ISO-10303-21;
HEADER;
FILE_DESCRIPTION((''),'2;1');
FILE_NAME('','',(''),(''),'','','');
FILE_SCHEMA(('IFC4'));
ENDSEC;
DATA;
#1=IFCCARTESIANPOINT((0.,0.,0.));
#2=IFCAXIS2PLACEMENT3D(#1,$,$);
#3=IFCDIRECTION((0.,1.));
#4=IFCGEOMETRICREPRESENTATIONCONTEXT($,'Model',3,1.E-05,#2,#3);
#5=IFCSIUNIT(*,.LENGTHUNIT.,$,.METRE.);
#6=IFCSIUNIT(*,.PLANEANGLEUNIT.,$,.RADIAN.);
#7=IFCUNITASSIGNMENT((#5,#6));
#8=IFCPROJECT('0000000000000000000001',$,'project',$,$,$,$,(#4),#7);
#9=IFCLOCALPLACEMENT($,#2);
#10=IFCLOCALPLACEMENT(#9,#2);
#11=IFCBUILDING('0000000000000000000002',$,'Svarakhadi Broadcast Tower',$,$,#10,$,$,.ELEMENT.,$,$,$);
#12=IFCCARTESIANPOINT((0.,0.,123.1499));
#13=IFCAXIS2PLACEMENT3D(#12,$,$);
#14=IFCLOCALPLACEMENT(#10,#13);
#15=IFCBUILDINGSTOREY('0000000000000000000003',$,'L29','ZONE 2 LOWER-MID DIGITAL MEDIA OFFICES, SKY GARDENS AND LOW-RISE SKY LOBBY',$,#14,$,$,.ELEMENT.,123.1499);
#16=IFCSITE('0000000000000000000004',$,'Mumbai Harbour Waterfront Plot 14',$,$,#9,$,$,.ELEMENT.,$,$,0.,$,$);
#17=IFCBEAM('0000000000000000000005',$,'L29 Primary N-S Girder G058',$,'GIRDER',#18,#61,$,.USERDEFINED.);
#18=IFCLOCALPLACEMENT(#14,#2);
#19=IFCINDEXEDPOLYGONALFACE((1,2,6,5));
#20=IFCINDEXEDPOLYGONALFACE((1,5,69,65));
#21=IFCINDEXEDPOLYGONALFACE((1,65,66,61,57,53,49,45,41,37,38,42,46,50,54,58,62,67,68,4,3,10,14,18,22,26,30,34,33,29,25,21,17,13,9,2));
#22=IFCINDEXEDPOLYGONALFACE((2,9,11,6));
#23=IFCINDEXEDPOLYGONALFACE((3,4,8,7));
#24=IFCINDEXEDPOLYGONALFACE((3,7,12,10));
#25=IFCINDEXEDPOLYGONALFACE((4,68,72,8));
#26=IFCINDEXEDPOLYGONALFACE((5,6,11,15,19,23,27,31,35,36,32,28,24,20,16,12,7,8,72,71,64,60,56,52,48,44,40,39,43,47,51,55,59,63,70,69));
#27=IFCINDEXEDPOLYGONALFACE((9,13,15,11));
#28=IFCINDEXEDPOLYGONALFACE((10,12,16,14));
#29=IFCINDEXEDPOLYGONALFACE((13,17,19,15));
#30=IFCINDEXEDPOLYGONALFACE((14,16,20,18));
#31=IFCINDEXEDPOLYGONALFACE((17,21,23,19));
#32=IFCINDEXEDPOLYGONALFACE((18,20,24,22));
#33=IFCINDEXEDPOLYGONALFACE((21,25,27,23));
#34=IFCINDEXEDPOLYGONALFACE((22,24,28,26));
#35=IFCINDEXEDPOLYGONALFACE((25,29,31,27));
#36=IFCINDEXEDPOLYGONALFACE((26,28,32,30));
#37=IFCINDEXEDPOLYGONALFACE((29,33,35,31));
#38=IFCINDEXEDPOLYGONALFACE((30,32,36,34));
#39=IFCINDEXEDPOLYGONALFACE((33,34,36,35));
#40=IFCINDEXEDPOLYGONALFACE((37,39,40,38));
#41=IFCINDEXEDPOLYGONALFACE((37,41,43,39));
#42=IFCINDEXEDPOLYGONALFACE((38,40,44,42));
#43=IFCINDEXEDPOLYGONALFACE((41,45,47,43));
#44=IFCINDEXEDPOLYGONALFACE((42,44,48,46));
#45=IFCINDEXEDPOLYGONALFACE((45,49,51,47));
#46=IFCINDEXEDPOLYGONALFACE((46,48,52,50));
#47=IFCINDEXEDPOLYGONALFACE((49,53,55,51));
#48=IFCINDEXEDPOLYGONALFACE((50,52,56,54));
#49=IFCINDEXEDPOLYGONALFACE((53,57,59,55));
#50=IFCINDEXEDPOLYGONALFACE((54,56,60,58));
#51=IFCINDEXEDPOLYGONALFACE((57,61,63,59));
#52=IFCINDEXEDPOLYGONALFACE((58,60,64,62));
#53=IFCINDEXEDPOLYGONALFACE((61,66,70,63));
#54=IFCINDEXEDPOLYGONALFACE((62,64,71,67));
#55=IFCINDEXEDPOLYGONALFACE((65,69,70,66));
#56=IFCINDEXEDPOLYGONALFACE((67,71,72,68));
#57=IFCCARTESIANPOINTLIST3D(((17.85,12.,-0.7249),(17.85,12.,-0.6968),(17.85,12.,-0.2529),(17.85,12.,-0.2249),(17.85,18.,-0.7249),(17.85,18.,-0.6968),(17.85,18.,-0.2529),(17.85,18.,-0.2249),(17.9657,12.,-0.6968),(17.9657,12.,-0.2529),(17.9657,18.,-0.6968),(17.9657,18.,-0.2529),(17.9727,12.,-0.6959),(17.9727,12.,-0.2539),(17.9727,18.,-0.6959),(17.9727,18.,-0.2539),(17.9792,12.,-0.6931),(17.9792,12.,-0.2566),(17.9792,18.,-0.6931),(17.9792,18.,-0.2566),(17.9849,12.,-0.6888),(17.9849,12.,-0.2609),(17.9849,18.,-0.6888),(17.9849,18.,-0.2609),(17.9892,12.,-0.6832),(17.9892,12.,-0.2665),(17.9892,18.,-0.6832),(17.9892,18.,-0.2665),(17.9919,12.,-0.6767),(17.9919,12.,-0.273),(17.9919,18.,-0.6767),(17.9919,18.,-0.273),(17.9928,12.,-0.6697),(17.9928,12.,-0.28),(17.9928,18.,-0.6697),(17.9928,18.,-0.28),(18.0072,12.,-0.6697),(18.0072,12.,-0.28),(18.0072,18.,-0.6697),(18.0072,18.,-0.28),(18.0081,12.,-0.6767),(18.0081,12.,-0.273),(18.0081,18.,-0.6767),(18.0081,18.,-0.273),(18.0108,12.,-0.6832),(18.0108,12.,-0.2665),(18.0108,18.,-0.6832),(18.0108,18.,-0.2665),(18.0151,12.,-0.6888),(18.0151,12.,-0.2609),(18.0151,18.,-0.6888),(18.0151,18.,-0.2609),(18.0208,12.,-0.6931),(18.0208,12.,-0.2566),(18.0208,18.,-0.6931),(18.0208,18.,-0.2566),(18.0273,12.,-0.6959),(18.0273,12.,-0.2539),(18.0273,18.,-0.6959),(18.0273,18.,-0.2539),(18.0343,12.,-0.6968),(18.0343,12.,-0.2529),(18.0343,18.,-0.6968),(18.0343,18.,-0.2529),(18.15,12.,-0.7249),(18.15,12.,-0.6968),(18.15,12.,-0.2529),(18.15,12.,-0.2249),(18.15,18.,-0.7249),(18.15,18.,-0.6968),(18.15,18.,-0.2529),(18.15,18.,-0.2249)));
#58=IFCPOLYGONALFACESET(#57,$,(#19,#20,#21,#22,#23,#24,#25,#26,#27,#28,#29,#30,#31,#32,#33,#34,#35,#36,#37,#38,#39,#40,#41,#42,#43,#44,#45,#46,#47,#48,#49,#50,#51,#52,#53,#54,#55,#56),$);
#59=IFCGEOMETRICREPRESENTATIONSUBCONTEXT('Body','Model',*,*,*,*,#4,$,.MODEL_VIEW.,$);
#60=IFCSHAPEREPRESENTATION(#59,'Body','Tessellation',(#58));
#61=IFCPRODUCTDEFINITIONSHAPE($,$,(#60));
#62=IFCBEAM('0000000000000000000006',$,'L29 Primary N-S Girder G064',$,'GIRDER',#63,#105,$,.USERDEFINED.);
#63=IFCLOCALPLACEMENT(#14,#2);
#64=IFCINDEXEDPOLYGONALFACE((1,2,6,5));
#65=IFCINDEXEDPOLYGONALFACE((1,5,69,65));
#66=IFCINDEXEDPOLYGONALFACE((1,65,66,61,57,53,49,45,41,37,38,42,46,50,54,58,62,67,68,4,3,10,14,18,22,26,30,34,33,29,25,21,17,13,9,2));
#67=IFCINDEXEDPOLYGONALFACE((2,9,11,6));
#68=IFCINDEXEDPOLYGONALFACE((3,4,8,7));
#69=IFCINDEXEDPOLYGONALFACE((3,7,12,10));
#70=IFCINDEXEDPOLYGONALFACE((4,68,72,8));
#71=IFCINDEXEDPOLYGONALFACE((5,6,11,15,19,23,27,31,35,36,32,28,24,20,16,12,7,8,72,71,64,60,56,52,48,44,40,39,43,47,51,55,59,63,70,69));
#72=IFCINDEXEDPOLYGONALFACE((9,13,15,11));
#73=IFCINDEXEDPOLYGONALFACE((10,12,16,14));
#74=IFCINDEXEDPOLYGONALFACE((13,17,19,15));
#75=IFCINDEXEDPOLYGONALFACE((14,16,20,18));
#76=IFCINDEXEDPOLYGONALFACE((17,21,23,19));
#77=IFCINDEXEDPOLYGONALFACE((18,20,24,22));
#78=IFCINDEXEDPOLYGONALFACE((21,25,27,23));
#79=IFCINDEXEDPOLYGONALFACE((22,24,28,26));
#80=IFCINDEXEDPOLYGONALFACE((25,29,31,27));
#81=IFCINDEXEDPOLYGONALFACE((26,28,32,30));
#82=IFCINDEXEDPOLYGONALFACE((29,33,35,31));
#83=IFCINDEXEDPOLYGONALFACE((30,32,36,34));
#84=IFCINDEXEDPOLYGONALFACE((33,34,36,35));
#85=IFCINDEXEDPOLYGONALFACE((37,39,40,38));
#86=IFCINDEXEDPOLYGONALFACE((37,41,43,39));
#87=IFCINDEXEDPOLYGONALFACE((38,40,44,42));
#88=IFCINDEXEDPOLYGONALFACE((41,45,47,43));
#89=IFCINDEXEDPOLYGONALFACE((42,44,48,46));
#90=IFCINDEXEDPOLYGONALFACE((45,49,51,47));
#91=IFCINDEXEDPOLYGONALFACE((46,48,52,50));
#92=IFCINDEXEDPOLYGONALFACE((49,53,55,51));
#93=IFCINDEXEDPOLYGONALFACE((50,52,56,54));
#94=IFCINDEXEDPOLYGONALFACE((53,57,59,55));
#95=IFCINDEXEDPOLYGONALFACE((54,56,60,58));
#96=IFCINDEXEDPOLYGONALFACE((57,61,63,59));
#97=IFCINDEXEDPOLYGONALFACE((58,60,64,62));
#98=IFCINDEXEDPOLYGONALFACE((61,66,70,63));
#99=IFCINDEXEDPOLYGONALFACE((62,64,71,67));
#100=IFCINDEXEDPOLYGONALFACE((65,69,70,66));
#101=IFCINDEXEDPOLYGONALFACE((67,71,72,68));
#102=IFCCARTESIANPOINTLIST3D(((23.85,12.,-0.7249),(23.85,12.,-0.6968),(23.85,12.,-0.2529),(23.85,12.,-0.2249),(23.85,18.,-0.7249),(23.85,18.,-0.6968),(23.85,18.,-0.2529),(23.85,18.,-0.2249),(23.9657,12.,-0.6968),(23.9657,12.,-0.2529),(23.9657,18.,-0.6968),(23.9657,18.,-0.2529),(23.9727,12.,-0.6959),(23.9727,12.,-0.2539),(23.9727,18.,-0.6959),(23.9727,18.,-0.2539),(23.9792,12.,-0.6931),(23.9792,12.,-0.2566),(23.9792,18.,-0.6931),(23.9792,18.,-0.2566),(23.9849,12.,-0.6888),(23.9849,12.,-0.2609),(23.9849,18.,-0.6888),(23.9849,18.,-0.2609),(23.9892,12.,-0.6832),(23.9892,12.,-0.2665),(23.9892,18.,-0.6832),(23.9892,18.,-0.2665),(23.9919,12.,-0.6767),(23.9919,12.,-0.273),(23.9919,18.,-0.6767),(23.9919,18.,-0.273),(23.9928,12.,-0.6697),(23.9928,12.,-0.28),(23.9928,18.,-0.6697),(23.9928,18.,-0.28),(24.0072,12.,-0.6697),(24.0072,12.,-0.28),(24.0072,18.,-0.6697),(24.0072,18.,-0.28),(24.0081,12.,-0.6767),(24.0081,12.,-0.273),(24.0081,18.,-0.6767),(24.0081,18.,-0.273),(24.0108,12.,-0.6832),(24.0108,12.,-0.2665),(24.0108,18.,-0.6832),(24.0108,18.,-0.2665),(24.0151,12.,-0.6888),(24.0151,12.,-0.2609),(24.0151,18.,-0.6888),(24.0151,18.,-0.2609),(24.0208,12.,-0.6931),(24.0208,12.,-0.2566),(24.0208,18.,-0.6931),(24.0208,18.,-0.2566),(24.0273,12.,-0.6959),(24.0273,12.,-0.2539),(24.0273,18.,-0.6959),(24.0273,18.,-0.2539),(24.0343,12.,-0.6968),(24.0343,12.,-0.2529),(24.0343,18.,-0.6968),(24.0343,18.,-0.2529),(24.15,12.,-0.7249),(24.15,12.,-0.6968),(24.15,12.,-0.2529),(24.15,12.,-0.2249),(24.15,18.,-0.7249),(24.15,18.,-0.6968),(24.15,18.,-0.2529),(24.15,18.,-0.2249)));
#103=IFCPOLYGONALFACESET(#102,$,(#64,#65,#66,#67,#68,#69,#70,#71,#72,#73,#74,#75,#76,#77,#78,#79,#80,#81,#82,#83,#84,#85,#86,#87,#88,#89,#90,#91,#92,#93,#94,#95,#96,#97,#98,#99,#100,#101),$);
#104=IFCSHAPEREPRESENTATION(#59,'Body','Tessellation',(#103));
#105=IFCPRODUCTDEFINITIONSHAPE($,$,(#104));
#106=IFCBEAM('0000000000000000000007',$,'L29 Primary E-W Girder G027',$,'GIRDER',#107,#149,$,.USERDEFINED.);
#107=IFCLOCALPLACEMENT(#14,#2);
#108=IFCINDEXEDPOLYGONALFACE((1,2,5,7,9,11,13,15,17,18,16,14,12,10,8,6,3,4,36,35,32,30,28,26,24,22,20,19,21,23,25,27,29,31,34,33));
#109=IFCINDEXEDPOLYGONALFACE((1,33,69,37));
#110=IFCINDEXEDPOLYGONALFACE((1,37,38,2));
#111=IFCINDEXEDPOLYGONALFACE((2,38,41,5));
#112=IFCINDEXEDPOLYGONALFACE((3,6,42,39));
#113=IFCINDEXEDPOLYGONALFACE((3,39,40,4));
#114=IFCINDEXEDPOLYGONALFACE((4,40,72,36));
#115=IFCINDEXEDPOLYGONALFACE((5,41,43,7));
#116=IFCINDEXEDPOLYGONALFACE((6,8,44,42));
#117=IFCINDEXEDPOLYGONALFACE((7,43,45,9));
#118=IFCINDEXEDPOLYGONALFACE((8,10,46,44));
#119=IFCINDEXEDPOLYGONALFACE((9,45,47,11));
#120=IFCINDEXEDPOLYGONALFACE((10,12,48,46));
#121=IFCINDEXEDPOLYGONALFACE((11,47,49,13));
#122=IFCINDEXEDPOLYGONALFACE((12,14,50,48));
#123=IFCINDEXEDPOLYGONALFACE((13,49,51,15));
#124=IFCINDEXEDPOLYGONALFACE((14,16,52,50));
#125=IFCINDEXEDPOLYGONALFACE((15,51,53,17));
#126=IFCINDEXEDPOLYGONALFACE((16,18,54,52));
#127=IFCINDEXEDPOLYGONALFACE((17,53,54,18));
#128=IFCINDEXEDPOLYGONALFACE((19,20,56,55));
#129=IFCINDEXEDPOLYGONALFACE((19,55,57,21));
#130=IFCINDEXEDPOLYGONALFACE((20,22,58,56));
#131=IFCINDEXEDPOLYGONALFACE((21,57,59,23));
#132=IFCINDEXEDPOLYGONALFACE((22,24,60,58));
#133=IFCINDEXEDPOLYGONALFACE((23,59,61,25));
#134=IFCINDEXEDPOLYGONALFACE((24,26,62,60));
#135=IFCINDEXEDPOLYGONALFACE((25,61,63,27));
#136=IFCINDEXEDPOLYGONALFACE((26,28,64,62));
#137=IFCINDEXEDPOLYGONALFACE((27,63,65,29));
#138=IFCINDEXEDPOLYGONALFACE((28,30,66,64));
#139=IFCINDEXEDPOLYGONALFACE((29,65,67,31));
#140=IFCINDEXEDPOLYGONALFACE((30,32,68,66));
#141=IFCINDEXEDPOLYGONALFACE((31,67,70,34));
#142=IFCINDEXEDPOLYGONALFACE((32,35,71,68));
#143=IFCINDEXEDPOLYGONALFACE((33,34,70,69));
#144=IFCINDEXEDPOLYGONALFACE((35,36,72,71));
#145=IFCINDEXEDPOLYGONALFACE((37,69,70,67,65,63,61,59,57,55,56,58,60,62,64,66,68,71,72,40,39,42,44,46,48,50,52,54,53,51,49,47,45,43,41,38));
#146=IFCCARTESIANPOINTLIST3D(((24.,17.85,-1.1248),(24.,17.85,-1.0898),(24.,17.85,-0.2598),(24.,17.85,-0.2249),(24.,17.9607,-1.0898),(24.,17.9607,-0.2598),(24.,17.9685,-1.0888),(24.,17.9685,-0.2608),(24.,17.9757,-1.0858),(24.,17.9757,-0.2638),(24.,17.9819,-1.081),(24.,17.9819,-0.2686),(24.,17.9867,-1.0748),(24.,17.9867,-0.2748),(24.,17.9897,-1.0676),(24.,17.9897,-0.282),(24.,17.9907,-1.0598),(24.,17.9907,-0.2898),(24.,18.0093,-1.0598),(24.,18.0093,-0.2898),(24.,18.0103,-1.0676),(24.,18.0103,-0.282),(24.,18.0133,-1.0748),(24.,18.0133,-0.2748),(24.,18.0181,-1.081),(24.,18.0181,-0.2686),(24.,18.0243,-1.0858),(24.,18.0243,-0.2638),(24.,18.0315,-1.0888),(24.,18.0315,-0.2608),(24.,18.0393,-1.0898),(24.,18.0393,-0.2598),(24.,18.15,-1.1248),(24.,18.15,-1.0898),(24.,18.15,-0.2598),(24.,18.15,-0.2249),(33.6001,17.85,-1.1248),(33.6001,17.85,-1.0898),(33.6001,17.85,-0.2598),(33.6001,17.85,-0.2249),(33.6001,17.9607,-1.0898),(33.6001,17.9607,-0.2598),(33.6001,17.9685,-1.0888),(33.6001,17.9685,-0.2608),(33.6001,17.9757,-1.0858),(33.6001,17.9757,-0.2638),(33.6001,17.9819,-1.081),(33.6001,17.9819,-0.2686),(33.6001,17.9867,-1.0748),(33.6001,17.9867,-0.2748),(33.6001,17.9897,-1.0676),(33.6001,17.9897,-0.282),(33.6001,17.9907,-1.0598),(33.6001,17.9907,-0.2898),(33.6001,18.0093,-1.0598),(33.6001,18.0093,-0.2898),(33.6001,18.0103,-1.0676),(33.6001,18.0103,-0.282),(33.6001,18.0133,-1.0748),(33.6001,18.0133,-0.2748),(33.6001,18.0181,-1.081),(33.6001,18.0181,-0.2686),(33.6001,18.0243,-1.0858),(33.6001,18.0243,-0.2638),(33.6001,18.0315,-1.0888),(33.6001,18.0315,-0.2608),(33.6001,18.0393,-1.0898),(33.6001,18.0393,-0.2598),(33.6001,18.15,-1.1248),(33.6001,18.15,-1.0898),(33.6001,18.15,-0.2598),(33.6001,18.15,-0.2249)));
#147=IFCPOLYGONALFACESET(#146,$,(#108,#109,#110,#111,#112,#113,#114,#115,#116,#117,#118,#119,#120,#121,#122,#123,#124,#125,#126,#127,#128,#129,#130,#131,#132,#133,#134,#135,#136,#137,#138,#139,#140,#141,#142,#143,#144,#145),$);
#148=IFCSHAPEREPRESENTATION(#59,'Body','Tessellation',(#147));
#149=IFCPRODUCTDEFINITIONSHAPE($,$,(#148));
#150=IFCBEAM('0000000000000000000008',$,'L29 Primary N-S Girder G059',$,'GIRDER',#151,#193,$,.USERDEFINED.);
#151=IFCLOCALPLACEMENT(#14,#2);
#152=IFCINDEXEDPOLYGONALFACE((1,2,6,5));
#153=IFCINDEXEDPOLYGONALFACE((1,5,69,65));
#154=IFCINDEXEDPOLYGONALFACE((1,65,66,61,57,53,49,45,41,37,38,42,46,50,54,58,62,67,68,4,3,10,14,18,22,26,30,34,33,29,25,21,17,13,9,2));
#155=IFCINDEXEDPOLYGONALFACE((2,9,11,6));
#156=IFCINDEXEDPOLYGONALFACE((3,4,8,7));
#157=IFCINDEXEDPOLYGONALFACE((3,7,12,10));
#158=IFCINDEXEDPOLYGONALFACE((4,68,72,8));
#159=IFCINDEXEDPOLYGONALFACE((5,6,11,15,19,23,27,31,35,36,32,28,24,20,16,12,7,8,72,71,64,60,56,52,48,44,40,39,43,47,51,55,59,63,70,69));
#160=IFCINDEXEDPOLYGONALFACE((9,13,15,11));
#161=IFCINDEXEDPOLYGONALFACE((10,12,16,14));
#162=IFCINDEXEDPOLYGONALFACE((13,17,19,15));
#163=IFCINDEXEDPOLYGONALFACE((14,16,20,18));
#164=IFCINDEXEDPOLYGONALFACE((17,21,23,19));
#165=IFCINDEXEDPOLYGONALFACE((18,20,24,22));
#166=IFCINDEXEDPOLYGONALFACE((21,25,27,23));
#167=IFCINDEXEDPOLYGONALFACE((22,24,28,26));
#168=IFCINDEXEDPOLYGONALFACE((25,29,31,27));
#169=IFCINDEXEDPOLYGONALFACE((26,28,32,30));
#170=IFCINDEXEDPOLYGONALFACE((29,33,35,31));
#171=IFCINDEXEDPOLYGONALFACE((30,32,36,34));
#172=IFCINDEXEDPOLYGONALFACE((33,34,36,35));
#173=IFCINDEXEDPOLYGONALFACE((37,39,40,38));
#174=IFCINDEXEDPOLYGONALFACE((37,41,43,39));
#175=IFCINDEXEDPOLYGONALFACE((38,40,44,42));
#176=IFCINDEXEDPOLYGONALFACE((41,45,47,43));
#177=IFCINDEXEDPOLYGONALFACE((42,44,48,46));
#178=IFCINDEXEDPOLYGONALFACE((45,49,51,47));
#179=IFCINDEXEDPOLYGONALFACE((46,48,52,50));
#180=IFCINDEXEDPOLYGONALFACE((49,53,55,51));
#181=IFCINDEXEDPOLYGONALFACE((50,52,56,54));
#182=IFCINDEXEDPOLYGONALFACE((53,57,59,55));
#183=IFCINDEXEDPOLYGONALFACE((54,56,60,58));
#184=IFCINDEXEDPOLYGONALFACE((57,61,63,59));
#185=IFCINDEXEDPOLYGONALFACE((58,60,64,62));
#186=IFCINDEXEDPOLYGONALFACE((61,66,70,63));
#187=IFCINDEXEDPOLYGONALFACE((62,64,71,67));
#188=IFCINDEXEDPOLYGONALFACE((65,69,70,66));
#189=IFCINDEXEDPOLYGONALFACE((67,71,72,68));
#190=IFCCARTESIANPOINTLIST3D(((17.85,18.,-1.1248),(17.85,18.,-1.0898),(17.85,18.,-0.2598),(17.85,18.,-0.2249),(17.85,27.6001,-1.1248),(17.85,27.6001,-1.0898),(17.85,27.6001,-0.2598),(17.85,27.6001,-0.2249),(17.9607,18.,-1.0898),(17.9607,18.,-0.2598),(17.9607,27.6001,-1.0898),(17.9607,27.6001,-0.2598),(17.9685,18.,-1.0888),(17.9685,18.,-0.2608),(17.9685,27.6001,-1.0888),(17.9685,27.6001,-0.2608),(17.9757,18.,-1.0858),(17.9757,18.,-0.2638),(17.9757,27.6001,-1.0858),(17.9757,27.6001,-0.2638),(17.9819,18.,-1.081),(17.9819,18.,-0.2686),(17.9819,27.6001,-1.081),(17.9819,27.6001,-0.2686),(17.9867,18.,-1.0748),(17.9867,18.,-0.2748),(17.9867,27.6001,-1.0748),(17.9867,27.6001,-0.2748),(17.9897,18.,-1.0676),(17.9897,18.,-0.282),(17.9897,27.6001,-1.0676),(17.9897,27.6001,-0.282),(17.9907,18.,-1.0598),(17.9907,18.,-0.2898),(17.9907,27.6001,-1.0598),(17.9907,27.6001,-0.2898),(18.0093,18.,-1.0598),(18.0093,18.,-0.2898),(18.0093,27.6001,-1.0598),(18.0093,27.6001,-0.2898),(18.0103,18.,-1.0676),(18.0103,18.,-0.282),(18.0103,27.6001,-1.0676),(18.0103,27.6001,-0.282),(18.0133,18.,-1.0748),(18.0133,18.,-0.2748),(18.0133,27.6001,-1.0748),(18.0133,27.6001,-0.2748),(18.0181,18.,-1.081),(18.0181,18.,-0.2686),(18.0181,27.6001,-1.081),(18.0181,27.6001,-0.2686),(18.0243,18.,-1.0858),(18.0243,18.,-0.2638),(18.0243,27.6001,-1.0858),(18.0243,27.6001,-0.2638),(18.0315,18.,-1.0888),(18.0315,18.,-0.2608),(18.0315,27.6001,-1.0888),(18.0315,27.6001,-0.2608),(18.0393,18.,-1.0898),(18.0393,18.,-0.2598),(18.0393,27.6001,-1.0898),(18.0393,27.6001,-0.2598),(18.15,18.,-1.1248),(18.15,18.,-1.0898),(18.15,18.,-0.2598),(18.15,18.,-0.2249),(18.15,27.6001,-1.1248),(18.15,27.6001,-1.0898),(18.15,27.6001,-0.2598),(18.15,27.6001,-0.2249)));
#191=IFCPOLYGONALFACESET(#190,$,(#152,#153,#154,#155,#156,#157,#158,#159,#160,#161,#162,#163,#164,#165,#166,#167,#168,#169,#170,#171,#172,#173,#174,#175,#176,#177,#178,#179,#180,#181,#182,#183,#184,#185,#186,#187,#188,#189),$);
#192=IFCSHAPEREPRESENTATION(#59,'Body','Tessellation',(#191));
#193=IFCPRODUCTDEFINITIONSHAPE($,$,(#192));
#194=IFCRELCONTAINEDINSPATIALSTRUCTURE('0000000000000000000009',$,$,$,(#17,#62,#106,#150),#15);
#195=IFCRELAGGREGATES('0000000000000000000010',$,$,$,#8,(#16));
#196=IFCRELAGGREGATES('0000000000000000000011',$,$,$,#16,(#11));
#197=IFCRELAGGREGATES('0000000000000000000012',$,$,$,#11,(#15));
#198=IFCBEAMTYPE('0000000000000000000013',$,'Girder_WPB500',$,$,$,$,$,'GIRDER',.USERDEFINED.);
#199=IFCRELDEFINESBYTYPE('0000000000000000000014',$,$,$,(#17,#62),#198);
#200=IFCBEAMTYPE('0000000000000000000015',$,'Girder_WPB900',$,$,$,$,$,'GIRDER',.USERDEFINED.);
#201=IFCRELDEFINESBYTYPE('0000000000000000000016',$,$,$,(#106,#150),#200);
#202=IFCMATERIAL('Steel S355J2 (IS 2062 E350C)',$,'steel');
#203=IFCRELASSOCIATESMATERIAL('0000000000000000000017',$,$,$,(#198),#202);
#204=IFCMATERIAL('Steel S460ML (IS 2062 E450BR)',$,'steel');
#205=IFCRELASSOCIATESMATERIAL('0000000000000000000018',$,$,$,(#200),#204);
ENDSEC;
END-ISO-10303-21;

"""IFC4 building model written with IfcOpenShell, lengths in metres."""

from ifc_helpers import new_model, si_unit, direction, frame, origin, origin_2d, place, context, subcontext, project, spatial, i_section, extrude, material, material_profile, profile_set, type_object, element, save


model = new_model("IFC4")

# Units and contexts
model_context = context("Model", 3, precision=1e-05, world=origin(), true_north=direction((0.0, 1.0)))
body_context = subcontext(model_context, "Body", "Model", "MODEL_VIEW")
ifc_project = project(units=[si_unit("LENGTHUNIT", "METRE"), si_unit("PLANEANGLEUNIT", "RADIAN")], contexts=[model_context])

# Site, building, storey
site_placement = place(None, origin())
site = spatial("IfcSite", under=ifc_project, at=site_placement, Name="Mumbai Harbour Waterfront Plot 14", CompositionType="ELEMENT", RefElevation=0.0)
building_placement = place(site_placement, origin())
building = spatial("IfcBuilding", under=site, at=building_placement, Name="Svarakhadi Broadcast Tower", CompositionType="ELEMENT")
storey_placement = place(building_placement, frame((0.0, 0.0, 123.1499)))
storey = spatial("IfcBuildingStorey", under=building, at=storey_placement, Name="L29", Description="ZONE 2 LOWER-MID DIGITAL MEDIA OFFICES, SKY GARDENS AND LOW-RISE SKY LOBBY", CompositionType="ELEMENT", Elevation=123.1499)

# Beams
ifc_material_1 = material(Name="Steel S355J2 (IS 2062 E350C)", Category="steel")
ifc_material_profile_1 = material_profile(ifc_material_1, i_section(OverallWidth=0.3, OverallDepth=0.5, WebThickness=0.0144, FlangeThickness=0.0281, FilletRadius=0.0271, at=origin_2d()), Name="WPB 500x300x187")
ifc_profile_set_1 = profile_set([ifc_material_profile_1], Name="Steel S355J2 (IS 2062 E350C)")
beam_type_1 = type_object("IfcBeamType", Name="Girder_WPB500", ElementType="GIRDER", PredefinedType="USERDEFINED", material=ifc_profile_set_1)
for number, where, z_axis, x_axis, name in (
    (1, (18.0, 12.0, -0.4749), (0.0, 1.0, 0.0), (-1.0, 0.0, 0.0), "L29 Primary N-S Girder G058"),
    (2, (24.0, 12.0, -0.4749), (0.0, 1.0, 0.0), (-1.0, 0.0, 0.0), "L29 Primary N-S Girder G064"),
):
    element("IfcBeam", number, at=place(storey_placement, frame(where, z_axis=z_axis, x_axis=x_axis)), inside=storey, type_object=beam_type_1, Name=name, ObjectType="GIRDER", PredefinedType="USERDEFINED", context=body_context, shape_type="SweptSolid", body=[
        extrude(i_section(OverallWidth=0.3, OverallDepth=0.5, WebThickness=0.0144, FlangeThickness=0.0281, FilletRadius=0.0271, at=origin_2d()), origin(), (0.0, 0.0, 1.0), 6.0),
    ])
ifc_material_2 = material(Name="Steel S460ML (IS 2062 E450BR)", Category="steel")
ifc_material_profile_2 = material_profile(ifc_material_2, i_section(OverallWidth=0.3, OverallDepth=0.8999, WebThickness=0.0186, FlangeThickness=0.0349, FilletRadius=0.03, at=origin_2d()), Name="WPB 900x300x291")
ifc_profile_set_2 = profile_set([ifc_material_profile_2], Name="Steel S460ML (IS 2062 E450BR)")
beam_type_2 = type_object("IfcBeamType", Name="Girder_WPB900", ElementType="GIRDER", PredefinedType="USERDEFINED", material=ifc_profile_set_2)
for number, where, z_axis, x_axis, name in (
    (3, (24.0, 18.0, -0.6748), (1.0, 0.0, 0.0), (0.0, 1.0, 0.0), "L29 Primary E-W Girder G027"),
    (4, (18.0, 18.0, -0.6748), (0.0, 1.0, 0.0), (-1.0, 0.0, 0.0), "L29 Primary N-S Girder G059"),
):
    element("IfcBeam", number, at=place(storey_placement, frame(where, z_axis=z_axis, x_axis=x_axis)), inside=storey, type_object=beam_type_2, Name=name, ObjectType="GIRDER", PredefinedType="USERDEFINED", context=body_context, shape_type="SweptSolid", body=[
        extrude(i_section(OverallWidth=0.3, OverallDepth=0.8999, WebThickness=0.0186, FlangeThickness=0.0349, FilletRadius=0.03, at=origin_2d()), origin(), (0.0, 0.0, 1.0), 9.6001),
    ])

save(model, "model.ifc")
